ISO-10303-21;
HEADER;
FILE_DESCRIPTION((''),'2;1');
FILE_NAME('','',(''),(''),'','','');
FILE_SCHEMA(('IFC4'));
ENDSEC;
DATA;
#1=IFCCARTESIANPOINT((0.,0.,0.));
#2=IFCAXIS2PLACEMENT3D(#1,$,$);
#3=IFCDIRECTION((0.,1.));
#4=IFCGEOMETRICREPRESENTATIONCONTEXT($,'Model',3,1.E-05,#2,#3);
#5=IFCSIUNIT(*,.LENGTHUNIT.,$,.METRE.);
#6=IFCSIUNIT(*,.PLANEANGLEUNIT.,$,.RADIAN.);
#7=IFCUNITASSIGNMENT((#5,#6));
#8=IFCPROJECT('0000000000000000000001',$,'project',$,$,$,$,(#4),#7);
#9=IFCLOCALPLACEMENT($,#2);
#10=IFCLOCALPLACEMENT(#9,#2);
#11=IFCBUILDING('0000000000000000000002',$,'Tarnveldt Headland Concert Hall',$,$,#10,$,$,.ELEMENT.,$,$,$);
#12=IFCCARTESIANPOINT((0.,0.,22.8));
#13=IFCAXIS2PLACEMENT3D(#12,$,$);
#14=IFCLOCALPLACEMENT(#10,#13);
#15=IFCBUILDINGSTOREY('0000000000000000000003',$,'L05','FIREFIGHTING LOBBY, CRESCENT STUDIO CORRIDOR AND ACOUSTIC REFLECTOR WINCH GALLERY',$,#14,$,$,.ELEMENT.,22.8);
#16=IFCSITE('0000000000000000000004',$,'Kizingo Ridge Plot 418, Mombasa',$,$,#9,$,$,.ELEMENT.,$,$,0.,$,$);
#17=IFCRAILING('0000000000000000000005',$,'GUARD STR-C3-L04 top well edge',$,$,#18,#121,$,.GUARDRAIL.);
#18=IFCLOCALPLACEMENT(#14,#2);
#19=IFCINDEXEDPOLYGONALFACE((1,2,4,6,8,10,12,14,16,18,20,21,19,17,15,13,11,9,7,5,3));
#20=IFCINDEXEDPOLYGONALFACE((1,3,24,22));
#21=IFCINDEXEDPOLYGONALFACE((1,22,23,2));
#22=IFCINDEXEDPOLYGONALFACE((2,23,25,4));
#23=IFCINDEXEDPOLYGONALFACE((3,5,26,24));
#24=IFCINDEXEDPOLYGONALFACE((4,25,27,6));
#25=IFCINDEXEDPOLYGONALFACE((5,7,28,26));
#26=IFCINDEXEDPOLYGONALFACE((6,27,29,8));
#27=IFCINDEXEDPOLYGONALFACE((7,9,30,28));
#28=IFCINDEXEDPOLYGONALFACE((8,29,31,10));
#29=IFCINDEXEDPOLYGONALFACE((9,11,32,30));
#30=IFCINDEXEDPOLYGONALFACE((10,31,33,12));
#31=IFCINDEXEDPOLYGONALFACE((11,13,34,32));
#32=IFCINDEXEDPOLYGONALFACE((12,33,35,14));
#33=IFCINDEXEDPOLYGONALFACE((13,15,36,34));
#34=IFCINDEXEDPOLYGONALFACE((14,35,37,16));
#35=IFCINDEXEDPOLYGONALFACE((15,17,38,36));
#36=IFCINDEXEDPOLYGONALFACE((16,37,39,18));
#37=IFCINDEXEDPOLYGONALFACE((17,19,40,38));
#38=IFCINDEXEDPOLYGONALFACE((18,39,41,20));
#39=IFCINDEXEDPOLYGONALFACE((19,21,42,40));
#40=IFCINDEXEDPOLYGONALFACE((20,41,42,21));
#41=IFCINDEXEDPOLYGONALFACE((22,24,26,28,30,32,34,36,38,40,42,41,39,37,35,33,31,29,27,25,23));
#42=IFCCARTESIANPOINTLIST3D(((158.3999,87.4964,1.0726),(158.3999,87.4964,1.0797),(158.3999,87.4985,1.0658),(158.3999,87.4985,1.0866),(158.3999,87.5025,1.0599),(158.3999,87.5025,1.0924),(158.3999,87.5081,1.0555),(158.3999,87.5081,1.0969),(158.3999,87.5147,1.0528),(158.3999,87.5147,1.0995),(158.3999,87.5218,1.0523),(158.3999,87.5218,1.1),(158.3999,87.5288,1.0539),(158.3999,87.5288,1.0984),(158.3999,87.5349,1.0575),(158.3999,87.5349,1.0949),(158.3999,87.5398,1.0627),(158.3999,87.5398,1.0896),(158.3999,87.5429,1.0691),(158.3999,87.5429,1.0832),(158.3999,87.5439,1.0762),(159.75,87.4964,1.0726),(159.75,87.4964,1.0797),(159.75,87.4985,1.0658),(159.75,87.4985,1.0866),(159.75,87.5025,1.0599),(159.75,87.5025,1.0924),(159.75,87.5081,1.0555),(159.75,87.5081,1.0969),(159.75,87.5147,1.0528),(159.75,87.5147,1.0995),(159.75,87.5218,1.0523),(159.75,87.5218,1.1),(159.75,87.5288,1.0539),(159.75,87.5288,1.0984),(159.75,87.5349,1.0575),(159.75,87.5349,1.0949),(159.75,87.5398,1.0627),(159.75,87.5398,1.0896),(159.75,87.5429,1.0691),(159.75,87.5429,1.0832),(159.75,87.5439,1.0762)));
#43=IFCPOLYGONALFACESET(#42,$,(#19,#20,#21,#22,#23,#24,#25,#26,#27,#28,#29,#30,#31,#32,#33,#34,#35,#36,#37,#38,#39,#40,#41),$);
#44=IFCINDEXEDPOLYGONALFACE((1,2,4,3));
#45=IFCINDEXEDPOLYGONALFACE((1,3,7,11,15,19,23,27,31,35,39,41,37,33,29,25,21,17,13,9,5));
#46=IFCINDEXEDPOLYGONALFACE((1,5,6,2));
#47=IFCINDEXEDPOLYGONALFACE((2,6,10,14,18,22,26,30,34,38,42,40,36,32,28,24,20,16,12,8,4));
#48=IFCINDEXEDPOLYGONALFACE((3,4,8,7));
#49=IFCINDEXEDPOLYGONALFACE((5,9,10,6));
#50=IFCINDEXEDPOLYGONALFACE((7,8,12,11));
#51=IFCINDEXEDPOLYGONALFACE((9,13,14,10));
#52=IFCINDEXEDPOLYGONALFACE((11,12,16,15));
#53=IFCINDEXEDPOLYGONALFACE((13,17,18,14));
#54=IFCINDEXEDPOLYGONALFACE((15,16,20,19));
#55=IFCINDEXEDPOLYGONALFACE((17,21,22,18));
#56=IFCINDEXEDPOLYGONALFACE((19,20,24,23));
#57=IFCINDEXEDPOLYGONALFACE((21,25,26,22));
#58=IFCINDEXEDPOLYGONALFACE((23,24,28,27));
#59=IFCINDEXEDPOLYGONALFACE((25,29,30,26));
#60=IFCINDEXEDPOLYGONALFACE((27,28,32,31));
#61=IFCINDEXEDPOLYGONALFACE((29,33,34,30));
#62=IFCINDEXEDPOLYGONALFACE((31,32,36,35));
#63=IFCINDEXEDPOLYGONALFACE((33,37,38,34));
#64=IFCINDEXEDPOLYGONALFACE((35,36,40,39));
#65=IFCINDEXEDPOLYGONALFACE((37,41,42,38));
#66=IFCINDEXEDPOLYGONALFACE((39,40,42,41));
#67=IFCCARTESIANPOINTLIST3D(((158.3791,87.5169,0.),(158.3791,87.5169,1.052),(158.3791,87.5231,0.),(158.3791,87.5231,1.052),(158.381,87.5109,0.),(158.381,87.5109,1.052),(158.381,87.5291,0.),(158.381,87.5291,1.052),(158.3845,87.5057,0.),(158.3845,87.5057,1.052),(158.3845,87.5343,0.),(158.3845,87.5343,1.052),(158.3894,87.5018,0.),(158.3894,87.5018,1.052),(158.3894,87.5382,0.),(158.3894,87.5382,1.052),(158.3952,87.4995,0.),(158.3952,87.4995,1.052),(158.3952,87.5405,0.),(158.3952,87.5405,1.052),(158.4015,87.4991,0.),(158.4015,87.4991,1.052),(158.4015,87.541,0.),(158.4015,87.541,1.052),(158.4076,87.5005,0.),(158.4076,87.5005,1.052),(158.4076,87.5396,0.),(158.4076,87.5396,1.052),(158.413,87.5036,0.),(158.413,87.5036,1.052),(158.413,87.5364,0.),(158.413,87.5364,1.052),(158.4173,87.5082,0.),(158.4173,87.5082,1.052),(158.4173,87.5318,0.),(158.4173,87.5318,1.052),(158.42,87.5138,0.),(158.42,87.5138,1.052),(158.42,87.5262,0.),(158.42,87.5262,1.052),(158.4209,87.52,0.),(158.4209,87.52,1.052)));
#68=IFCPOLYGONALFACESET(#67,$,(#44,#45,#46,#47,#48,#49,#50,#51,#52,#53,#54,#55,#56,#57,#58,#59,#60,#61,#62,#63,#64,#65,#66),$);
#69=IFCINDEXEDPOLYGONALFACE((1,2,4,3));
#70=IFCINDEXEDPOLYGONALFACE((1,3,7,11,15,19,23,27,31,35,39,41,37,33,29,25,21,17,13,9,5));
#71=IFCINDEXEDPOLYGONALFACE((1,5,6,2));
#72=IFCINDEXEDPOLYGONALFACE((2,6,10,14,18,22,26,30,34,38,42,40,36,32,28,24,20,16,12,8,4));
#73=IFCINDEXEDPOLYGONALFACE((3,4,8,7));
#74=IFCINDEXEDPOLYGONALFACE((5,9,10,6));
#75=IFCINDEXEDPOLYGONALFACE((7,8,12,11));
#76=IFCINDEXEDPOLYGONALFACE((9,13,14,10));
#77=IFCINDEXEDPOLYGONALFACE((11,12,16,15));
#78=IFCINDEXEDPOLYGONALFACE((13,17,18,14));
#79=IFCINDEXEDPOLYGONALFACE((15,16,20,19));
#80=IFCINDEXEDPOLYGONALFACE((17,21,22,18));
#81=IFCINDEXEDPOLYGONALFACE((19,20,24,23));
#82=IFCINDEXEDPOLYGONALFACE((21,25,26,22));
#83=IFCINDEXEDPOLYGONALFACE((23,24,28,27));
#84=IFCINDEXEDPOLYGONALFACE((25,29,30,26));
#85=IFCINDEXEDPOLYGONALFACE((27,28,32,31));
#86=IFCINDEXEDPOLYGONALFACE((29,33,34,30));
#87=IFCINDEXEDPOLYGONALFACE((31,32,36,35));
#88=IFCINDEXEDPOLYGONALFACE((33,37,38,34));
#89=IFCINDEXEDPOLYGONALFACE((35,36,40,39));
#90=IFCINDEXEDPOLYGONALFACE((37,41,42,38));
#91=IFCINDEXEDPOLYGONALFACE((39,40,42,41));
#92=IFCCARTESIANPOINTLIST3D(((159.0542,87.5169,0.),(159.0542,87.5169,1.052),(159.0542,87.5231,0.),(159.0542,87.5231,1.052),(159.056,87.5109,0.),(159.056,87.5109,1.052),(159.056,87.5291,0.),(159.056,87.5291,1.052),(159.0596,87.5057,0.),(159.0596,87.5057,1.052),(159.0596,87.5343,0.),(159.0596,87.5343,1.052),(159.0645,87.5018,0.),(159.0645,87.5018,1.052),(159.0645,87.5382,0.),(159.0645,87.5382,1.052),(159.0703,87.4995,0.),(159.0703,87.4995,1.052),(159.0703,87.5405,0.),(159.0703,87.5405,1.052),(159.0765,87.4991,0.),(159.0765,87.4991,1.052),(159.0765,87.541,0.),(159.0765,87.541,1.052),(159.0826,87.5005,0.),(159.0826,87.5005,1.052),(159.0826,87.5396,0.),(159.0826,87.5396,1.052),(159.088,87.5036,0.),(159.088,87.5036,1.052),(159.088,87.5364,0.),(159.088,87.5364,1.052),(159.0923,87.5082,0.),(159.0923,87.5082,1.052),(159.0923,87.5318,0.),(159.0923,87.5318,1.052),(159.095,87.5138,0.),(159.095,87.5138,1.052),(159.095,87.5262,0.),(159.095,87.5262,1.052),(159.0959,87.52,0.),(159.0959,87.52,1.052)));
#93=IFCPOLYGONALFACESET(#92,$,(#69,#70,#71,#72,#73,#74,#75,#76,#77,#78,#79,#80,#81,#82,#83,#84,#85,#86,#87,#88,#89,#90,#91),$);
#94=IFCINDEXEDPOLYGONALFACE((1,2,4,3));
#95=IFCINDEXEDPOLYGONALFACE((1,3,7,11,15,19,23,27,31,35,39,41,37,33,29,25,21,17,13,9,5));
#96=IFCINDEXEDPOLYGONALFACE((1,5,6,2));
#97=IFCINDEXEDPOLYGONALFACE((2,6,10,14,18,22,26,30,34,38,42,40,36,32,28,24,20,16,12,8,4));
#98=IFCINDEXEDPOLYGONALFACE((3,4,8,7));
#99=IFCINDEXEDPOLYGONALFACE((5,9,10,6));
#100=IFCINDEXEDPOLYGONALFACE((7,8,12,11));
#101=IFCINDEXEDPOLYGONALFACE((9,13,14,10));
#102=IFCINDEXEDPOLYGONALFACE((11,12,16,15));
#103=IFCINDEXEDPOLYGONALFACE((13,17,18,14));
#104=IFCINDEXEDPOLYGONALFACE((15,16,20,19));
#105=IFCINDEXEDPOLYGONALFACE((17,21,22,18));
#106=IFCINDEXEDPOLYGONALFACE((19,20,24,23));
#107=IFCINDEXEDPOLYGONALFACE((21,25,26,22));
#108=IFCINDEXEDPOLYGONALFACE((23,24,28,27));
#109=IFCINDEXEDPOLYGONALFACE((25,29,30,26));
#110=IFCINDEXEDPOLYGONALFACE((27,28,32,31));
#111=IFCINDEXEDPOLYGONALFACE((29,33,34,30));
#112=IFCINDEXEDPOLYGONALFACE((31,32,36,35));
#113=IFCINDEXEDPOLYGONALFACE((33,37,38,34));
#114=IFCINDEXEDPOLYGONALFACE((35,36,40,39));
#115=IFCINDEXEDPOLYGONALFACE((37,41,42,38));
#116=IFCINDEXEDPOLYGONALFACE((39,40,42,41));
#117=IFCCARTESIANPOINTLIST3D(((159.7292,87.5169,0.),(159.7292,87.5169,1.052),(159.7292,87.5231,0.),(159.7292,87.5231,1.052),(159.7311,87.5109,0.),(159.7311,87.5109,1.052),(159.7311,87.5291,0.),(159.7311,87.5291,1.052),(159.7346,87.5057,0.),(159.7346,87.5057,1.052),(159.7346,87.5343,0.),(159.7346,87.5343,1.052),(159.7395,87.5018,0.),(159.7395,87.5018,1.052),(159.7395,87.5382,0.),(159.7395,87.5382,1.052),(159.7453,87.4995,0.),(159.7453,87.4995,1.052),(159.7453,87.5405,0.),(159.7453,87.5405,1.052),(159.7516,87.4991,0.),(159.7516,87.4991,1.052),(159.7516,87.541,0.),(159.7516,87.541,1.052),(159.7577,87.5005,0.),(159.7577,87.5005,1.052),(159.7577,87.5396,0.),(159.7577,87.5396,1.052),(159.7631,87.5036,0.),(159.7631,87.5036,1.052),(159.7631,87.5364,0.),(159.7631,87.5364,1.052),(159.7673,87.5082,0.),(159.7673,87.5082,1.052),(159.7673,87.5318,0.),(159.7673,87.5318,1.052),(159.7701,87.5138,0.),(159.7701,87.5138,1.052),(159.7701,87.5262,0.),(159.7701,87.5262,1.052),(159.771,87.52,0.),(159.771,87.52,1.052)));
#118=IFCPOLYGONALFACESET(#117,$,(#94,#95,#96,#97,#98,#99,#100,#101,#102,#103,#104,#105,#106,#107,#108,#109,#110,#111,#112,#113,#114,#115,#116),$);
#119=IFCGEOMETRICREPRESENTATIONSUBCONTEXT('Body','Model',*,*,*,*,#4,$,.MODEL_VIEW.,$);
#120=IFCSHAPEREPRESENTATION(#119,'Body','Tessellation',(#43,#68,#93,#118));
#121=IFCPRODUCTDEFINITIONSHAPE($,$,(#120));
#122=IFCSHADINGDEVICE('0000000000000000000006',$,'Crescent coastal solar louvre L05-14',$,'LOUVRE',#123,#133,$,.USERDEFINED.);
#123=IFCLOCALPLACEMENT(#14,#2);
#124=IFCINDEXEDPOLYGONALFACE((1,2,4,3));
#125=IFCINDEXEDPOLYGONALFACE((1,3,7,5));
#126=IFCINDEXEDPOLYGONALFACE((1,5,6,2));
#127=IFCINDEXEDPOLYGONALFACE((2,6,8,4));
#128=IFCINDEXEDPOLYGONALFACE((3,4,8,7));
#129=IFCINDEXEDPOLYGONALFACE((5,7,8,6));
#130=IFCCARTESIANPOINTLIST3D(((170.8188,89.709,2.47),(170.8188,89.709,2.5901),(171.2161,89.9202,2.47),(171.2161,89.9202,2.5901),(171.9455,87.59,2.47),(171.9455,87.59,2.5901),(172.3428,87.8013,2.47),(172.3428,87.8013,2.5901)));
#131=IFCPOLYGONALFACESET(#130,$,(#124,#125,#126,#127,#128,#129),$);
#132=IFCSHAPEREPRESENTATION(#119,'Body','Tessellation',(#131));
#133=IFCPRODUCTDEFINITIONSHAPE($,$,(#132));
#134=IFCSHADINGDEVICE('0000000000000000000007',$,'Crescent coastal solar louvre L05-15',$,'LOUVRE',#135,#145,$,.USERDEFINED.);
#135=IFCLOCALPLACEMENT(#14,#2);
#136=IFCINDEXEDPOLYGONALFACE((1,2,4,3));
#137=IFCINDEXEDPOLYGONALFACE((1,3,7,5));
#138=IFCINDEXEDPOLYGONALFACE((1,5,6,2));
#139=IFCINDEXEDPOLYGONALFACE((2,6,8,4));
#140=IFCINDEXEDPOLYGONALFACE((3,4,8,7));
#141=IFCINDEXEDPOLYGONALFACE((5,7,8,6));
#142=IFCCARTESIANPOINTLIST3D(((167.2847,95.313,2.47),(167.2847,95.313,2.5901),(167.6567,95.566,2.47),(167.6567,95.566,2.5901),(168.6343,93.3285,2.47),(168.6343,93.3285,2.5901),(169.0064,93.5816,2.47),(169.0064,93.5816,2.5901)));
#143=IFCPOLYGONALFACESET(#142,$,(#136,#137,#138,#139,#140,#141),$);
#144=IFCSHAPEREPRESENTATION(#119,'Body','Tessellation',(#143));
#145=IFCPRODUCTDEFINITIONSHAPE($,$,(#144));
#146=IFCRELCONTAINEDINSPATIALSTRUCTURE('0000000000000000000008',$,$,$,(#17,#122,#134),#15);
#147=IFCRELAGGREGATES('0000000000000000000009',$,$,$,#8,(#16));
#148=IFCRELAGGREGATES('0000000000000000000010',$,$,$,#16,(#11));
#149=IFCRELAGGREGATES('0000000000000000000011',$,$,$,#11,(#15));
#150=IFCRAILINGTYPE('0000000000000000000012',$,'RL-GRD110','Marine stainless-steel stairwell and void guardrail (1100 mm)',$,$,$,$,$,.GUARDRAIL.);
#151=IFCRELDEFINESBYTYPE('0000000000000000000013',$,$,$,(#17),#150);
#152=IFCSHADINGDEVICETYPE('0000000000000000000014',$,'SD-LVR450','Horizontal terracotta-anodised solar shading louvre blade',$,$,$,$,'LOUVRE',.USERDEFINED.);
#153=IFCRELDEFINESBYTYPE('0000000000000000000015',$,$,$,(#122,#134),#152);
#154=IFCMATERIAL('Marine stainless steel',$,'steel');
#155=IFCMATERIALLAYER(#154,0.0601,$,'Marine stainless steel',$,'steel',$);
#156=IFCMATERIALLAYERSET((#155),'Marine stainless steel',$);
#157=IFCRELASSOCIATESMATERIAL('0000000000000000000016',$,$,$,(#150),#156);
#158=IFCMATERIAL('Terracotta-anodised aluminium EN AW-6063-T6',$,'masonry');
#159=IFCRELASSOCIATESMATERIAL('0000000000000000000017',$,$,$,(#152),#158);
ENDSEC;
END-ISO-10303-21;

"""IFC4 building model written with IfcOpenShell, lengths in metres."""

from ifc_helpers import new_model, si_unit, direction, frame, origin, origin_2d, place, context, subcontext, project, spatial, rectangle, circle, extrude, material, layer, layer_set, type_object, element, save


model = new_model("IFC4")

# Units and contexts
model_context = context("Model", 3, precision=1e-05, world=origin(), true_north=direction((0.0, 1.0)))
body_context = subcontext(model_context, "Body", "Model", "MODEL_VIEW")
ifc_project = project(units=[si_unit("LENGTHUNIT", "METRE"), si_unit("PLANEANGLEUNIT", "RADIAN")], contexts=[model_context])

# Site, building, storey
site_placement = place(None, origin())
site = spatial("IfcSite", under=ifc_project, at=site_placement, Name="Kizingo Ridge Plot 418, Mombasa", CompositionType="ELEMENT", RefElevation=0.0)
building_placement = place(site_placement, origin())
building = spatial("IfcBuilding", under=site, at=building_placement, Name="Tarnveldt Headland Concert Hall", CompositionType="ELEMENT")
storey_placement = place(building_placement, frame((0.0, 0.0, 22.8)))
storey = spatial("IfcBuildingStorey", under=building, at=storey_placement, Name="L05", Description="FIREFIGHTING LOBBY, CRESCENT STUDIO CORRIDOR AND ACOUSTIC REFLECTOR WINCH GALLERY", CompositionType="ELEMENT", Elevation=22.8)

# Railing
ifc_material_1 = material(Name="Marine stainless steel", Category="steel")
ifc_layer_1 = layer(ifc_material_1, 0.0601, Name="Marine stainless steel", Category="steel")
ifc_layer_set_1 = layer_set([ifc_layer_1], Name="Marine stainless steel")
railing_type = type_object("IfcRailingType", Name="RL-GRD110", Description="Marine stainless-steel stairwell and void guardrail (1100 mm)", PredefinedType="GUARDRAIL", material=ifc_layer_set_1)
railing_placement = place(storey_placement, frame((158.3999, 87.52, 0.0)))
element("IfcRailing", 1, at=railing_placement, inside=storey, type_object=railing_type, Name="GUARD STR-C3-L04 top well edge", PredefinedType="GUARDRAIL", context=body_context, shape_type="SweptSolid", body=[
    extrude(circle(Radius=0.0239, at=origin_2d()), frame((0.0, 0.0, 1.0762), z_axis=(1.0, 0.0, 0.0), x_axis=(0.0, 1.0, 0.0)), (0.0, 0.0, 1.0), 1.3501),
    extrude(circle(Radius=0.021, at=origin_2d()), origin(), (0.0, 0.0, 1.0), 1.052),
    extrude(circle(Radius=0.021, at=origin_2d()), frame((0.675, 0.0, 0.0)), (0.0, 0.0, 1.0), 1.052),
    extrude(circle(Radius=0.021, at=origin_2d()), frame((1.3501, 0.0, 0.0)), (0.0, 0.0, 1.0), 1.052),
])

# Shading devices
ifc_material_2 = material(Name="Terracotta-anodised aluminium EN AW-6063-T6", Category="masonry")
shading_device_type = type_object("IfcShadingDeviceType", Name="SD-LVR450", Description="Horizontal terracotta-anodised solar shading louvre blade", ElementType="LOUVRE", PredefinedType="USERDEFINED", material=ifc_material_2)
for number, where, z_axis, x_axis, name in (
    (2, (171.5808, 88.7551, 2.47), (0.0, 0.0, 1.0), (0.882948, 0.469472, 0.0), "Crescent coastal solar louvre L05-14"),
    (3, (168.1455, 94.4473, 2.47), (0.0, 0.0, 1.0), (0.826884, 0.562372, 0.0), "Crescent coastal solar louvre L05-15"),
):
    element("IfcShadingDevice", number, at=place(storey_placement, frame(where, z_axis=z_axis, x_axis=x_axis)), inside=storey, type_object=shading_device_type, Name=name, ObjectType="LOUVRE", PredefinedType="USERDEFINED", context=body_context, shape_type="SweptSolid", body=[
        extrude(rectangle(XDim=0.45, YDim=2.3999, at=origin_2d()), origin(), (0.0, 0.0, 1.0), 0.1201),
    ])

save(model, "model.ifc")
